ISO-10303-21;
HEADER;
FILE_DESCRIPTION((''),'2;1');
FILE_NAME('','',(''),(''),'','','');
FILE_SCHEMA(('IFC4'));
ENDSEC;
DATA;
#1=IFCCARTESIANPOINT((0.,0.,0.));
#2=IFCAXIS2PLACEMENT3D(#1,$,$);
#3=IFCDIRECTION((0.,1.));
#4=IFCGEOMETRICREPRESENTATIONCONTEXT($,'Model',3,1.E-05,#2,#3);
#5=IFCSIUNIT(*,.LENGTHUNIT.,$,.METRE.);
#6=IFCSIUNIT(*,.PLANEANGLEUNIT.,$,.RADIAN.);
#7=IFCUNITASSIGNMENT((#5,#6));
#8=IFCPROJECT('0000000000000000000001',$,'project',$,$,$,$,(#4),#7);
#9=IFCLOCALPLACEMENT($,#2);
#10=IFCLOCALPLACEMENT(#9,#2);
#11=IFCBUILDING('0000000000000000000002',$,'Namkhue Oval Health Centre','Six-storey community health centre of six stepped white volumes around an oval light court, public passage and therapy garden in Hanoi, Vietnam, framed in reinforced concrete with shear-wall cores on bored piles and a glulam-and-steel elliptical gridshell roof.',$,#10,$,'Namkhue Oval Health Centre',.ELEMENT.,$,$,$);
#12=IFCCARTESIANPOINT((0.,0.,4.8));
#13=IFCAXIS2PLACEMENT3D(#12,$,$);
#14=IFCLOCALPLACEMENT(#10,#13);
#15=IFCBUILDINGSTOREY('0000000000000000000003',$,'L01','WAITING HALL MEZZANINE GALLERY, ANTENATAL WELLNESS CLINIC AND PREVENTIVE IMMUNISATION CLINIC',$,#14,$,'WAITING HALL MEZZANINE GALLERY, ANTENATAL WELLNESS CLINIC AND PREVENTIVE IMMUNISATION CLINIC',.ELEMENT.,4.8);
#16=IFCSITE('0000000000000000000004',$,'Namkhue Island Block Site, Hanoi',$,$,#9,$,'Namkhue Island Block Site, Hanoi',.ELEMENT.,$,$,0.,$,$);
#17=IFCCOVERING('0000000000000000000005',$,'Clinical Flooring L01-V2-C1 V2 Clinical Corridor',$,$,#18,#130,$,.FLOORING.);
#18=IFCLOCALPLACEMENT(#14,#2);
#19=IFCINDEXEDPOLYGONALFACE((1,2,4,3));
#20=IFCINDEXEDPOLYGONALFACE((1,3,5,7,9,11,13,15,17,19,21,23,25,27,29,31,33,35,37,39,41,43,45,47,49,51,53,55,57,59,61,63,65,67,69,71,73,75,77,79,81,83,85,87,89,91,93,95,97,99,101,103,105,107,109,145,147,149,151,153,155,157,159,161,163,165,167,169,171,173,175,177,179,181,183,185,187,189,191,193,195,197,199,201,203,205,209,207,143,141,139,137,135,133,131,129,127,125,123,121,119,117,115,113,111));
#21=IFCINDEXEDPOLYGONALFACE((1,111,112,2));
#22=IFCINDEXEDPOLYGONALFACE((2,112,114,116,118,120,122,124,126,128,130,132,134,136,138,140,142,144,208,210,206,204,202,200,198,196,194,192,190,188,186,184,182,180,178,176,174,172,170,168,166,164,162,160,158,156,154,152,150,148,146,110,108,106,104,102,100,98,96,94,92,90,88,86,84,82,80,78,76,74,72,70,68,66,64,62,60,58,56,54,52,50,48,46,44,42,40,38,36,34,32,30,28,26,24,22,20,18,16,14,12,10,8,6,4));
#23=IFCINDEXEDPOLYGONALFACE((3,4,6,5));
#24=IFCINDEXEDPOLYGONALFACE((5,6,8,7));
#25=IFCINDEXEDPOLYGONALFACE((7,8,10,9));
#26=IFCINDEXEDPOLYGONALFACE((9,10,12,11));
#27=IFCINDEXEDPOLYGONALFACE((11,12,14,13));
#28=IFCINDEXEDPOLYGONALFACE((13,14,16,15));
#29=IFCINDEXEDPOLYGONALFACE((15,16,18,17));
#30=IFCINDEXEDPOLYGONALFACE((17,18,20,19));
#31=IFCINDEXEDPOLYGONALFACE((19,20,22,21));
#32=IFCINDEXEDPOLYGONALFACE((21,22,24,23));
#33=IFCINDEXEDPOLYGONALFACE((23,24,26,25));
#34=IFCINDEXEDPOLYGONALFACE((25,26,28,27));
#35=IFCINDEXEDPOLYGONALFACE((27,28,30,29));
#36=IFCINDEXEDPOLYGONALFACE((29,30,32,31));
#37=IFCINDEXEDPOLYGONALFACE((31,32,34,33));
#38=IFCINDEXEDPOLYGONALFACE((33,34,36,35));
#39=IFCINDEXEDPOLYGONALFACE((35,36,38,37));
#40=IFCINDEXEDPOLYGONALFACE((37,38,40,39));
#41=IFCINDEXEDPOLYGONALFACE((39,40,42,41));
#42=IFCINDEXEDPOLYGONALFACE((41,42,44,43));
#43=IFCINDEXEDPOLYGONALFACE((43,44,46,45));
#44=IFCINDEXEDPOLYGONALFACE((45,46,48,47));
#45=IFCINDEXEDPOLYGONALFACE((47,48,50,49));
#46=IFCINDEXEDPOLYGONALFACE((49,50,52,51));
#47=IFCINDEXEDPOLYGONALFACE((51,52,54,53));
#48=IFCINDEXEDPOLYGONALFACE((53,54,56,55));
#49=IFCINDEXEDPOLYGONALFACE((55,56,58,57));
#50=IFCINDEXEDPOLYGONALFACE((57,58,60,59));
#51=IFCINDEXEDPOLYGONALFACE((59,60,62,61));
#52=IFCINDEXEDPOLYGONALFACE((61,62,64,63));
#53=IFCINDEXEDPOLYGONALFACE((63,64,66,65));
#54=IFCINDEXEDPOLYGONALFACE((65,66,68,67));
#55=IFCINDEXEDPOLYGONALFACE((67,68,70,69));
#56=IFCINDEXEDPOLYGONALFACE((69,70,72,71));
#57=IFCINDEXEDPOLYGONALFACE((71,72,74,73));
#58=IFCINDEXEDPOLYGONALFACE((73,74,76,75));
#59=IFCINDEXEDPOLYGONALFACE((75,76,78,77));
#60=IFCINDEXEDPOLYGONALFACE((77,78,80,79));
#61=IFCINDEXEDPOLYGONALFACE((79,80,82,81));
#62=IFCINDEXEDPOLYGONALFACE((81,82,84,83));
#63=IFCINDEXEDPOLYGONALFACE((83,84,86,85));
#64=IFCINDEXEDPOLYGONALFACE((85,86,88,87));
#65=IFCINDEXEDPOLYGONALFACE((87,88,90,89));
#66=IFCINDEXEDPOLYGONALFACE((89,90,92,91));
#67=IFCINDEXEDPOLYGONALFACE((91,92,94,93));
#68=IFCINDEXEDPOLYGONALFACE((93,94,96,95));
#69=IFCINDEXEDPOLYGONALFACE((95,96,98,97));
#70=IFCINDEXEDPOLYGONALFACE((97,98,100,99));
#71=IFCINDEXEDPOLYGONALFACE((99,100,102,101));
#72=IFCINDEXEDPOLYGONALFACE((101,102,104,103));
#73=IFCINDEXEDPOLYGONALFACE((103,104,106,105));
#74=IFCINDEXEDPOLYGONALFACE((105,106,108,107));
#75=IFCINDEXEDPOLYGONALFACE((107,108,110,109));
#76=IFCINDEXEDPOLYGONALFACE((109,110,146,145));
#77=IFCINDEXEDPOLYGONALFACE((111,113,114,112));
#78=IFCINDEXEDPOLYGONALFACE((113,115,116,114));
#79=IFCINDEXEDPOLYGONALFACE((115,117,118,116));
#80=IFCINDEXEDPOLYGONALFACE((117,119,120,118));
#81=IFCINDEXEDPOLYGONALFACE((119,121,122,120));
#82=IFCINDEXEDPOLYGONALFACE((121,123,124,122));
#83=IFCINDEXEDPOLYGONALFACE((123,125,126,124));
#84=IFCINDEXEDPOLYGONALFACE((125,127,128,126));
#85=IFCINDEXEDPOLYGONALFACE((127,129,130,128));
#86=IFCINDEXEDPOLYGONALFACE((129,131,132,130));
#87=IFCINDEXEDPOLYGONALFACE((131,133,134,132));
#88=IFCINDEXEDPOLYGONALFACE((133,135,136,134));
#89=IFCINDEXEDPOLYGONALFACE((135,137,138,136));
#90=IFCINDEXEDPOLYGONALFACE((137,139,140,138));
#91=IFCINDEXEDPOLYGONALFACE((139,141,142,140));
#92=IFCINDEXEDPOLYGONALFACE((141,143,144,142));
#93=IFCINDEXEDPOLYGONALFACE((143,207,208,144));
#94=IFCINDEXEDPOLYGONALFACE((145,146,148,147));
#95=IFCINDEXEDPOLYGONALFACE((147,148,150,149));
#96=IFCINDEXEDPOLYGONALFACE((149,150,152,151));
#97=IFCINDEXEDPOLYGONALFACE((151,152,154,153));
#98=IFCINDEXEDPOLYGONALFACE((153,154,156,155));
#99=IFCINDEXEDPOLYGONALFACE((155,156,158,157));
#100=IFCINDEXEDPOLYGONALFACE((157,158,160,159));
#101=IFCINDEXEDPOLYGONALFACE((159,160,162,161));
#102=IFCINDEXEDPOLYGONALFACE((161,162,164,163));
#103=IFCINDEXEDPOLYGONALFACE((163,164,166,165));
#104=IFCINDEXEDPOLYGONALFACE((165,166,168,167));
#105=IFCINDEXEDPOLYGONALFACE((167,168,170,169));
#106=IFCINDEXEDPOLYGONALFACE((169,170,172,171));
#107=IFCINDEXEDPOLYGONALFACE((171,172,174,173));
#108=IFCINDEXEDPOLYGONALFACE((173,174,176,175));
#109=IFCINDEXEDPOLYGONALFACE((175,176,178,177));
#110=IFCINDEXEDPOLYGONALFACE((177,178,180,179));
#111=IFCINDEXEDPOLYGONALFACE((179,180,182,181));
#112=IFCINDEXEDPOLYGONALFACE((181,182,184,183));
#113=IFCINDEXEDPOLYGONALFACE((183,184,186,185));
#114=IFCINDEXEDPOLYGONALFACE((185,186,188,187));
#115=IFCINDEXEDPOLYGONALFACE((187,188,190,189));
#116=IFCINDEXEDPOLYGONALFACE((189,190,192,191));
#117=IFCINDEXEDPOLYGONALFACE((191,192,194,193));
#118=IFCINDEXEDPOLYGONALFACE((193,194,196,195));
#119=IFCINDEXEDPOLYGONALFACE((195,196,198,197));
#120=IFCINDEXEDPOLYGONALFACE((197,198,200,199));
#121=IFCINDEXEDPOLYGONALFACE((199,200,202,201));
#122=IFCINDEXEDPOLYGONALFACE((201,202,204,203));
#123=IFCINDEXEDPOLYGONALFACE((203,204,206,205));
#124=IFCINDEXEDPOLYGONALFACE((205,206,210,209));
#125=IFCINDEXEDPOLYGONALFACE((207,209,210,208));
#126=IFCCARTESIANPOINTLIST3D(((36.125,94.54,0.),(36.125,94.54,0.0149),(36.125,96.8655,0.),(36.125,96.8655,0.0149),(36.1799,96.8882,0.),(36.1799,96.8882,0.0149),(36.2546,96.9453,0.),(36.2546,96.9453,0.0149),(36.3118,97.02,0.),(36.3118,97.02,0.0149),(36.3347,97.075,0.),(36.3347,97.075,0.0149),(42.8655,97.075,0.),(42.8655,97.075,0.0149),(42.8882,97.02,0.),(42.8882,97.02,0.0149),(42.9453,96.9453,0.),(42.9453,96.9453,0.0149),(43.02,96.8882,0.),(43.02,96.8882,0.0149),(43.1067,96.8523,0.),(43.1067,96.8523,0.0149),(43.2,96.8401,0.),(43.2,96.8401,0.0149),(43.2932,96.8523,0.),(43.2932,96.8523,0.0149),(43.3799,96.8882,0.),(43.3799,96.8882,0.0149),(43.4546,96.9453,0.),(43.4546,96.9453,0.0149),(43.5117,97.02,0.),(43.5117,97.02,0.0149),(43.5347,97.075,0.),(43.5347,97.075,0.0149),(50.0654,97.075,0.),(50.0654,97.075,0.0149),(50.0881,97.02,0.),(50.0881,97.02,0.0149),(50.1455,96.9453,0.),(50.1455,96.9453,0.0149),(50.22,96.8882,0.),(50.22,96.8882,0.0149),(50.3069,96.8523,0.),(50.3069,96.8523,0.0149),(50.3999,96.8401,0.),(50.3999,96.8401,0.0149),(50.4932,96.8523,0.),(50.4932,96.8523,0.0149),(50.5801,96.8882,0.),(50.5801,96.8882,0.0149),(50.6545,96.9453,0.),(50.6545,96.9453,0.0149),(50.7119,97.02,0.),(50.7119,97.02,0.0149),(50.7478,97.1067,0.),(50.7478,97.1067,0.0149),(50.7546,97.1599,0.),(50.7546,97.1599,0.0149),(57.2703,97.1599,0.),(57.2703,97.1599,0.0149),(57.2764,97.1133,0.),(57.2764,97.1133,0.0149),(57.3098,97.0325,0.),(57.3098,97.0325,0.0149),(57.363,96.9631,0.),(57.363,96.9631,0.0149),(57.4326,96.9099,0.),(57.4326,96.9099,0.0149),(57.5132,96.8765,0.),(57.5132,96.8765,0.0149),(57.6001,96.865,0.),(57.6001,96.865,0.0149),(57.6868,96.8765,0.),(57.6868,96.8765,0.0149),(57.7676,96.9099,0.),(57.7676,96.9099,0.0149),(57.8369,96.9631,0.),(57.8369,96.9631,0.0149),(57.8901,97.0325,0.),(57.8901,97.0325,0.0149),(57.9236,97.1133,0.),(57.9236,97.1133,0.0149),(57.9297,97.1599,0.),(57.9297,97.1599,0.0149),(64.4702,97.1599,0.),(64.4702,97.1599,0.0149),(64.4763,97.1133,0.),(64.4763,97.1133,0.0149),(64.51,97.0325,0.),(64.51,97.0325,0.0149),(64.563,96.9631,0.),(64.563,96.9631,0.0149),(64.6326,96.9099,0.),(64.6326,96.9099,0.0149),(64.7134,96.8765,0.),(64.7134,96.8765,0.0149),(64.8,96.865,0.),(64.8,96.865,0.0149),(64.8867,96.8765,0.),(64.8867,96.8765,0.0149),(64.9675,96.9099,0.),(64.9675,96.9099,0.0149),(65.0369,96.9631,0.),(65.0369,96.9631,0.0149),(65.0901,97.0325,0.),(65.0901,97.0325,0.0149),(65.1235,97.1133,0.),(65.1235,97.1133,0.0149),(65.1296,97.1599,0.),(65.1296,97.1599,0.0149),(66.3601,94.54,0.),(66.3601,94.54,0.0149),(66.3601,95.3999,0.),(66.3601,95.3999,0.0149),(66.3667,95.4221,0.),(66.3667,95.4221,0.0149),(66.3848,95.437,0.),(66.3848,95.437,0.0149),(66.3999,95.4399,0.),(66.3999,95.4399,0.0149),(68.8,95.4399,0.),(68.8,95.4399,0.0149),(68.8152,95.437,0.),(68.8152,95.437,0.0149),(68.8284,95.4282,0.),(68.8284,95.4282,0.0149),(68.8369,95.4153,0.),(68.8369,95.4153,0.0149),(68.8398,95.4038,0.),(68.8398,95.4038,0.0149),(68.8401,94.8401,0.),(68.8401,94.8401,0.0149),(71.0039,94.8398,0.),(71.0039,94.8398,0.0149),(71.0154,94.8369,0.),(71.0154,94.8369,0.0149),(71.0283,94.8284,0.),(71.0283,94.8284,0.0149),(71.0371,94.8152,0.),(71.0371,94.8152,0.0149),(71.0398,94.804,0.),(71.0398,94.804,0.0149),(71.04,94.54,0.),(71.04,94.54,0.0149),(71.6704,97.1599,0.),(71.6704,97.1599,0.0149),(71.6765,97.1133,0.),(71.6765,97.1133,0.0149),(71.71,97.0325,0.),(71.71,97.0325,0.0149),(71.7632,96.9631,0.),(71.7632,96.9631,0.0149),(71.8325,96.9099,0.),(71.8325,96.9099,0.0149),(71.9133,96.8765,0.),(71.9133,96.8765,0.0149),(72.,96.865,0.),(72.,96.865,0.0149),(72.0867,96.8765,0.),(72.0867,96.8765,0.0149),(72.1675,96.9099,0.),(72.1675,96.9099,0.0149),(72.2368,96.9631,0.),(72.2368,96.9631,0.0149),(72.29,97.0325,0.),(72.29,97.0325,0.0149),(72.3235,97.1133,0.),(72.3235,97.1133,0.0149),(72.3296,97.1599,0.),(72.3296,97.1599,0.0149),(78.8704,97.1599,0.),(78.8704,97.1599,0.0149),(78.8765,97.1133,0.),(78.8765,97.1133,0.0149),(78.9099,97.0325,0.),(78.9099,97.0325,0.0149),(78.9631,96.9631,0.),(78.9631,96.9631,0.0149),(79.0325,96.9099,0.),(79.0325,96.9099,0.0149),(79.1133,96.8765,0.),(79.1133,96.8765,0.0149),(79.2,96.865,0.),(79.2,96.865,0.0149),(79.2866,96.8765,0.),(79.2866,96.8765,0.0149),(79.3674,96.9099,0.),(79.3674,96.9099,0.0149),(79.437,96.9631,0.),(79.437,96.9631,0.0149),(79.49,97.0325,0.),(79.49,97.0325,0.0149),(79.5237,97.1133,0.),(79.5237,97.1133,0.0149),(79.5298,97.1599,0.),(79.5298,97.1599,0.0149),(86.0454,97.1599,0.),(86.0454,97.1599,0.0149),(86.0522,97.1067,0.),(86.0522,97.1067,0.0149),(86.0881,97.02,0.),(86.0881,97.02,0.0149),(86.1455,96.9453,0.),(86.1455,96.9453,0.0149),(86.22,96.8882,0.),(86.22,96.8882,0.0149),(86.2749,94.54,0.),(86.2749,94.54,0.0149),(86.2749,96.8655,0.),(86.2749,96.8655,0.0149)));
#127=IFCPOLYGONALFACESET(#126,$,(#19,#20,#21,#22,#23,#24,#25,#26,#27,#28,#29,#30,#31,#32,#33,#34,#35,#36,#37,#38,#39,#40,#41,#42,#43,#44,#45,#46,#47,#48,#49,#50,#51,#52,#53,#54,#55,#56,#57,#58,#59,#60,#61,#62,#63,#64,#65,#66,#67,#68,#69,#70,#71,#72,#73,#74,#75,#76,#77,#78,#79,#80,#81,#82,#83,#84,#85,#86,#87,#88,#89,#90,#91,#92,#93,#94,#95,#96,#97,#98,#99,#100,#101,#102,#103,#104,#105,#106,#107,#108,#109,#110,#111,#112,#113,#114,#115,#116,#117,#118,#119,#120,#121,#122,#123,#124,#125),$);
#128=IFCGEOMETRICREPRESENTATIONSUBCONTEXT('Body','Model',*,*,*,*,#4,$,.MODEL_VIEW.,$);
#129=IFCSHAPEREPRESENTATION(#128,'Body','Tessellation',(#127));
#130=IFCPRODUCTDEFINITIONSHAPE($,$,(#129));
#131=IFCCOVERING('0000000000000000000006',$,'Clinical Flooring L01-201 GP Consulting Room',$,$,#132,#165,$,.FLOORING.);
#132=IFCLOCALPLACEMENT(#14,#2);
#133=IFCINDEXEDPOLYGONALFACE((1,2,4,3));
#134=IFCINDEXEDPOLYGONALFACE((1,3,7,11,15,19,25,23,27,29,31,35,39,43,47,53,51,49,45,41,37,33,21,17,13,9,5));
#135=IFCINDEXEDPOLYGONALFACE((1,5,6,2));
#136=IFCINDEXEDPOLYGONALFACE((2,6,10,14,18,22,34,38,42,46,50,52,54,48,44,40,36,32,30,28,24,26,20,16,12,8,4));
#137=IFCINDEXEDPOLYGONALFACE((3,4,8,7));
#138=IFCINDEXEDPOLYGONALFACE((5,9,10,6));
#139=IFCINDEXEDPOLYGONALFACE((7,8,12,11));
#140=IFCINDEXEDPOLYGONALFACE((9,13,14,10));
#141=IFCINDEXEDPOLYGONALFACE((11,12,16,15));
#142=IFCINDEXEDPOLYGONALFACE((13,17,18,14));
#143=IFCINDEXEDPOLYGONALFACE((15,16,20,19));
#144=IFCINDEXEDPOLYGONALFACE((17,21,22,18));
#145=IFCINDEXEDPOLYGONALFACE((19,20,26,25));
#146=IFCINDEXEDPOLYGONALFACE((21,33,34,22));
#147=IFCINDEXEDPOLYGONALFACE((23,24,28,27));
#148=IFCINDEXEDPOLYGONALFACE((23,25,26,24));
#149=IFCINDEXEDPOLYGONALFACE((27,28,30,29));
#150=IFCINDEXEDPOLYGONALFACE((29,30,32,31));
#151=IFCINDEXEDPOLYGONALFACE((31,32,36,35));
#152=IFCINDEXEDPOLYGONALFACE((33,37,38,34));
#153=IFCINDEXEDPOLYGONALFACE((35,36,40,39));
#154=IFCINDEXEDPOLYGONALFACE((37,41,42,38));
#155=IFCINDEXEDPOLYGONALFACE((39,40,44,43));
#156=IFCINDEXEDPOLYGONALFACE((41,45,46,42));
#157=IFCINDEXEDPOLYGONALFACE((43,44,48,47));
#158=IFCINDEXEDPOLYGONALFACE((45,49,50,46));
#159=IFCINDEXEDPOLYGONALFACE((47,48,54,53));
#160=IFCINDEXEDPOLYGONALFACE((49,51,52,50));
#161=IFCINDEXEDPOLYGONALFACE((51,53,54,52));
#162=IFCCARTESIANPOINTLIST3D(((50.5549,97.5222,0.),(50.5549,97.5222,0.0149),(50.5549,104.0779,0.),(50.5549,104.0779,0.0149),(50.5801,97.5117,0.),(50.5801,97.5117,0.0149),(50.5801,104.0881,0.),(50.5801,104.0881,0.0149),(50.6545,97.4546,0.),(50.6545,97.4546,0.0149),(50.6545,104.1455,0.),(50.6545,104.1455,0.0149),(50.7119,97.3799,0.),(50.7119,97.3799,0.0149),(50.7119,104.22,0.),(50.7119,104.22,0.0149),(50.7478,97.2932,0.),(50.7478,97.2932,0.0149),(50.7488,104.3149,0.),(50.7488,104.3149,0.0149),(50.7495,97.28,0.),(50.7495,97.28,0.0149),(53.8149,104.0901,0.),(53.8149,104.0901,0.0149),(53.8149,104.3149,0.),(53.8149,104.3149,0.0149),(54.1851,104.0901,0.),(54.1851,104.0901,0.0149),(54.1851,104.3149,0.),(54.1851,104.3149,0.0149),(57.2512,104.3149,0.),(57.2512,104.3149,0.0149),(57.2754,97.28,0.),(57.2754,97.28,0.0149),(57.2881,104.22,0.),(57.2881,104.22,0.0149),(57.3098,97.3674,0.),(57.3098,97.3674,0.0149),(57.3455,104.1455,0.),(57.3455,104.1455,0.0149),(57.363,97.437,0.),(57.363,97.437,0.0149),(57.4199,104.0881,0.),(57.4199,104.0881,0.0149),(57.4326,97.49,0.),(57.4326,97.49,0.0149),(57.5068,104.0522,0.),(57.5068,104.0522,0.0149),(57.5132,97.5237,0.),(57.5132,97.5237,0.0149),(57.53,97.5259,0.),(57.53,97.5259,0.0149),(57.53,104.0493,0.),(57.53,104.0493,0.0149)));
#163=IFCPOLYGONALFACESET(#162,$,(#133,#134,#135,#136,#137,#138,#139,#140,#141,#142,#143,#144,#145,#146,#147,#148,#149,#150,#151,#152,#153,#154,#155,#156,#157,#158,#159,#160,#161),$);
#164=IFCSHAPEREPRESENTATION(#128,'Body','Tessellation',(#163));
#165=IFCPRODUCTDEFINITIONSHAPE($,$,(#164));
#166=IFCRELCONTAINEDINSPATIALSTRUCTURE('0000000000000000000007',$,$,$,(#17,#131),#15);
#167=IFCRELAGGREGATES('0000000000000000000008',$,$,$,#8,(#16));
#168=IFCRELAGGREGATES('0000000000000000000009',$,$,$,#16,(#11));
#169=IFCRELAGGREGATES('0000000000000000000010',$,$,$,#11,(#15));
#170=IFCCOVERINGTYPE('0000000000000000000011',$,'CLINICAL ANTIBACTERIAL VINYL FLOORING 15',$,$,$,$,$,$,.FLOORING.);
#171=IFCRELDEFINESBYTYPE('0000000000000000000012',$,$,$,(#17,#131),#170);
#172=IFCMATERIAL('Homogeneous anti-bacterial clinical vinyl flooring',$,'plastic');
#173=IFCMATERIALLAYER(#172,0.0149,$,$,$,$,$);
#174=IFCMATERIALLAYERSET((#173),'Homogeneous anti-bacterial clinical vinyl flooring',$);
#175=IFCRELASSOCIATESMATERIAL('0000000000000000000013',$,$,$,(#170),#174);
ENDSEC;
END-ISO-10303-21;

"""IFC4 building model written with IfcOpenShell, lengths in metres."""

from ifc_helpers import new_model, si_unit, direction, frame, origin, place, context, subcontext, project, spatial, polyline, outline, extrude, material, layer, layer_set, type_object, element, save


model = new_model("IFC4")

# Units and contexts
model_context = context("Model", 3, precision=1e-05, world=origin(), true_north=direction((0.0, 1.0)))
body_context = subcontext(model_context, "Body", "Model", "MODEL_VIEW")
ifc_project = project(units=[si_unit("LENGTHUNIT", "METRE"), si_unit("PLANEANGLEUNIT", "RADIAN")], contexts=[model_context])

# Site, building, storey
site_placement = place(None, origin())
site = spatial("IfcSite", under=ifc_project, at=site_placement, Name="Namkhue Island Block Site, Hanoi", LongName="Namkhue Island Block Site, Hanoi", CompositionType="ELEMENT", RefElevation=0.0)
building_placement = place(site_placement, origin())
building = spatial("IfcBuilding", under=site, at=building_placement, Name="Namkhue Oval Health Centre", Description="Six-storey community health centre of six stepped white volumes around an oval light court, public passage and therapy garden in Hanoi, Vietnam, framed in reinforced concrete with shear-wall cores on bored piles and a glulam-and-steel elliptical gridshell roof.", LongName="Namkhue Oval Health Centre", CompositionType="ELEMENT")
storey_placement = place(building_placement, frame((0.0, 0.0, 4.8)))
storey = spatial("IfcBuildingStorey", under=building, at=storey_placement, Name="L01", Description="WAITING HALL MEZZANINE GALLERY, ANTENATAL WELLNESS CLINIC AND PREVENTIVE IMMUNISATION CLINIC", LongName="WAITING HALL MEZZANINE GALLERY, ANTENATAL WELLNESS CLINIC AND PREVENTIVE IMMUNISATION CLINIC", CompositionType="ELEMENT", Elevation=4.8)

# Coverings
ifc_material = material(Name="Homogeneous anti-bacterial clinical vinyl flooring", Category="plastic")
ifc_layer = layer(ifc_material, 0.0149)
ifc_layer_set = layer_set([ifc_layer], Name="Homogeneous anti-bacterial clinical vinyl flooring")
covering_type = type_object("IfcCoveringType", Name="CLINICAL ANTIBACTERIAL VINYL FLOORING 15", PredefinedType="FLOORING", material=ifc_layer_set)
covering_1_placement = place(storey_placement, origin())
element("IfcCovering", 1, at=covering_1_placement, inside=storey, type_object=covering_type, Name="Clinical Flooring L01-V2-C1 V2 Clinical Corridor", PredefinedType="FLOORING", context=body_context, shape_type="SweptSolid", body=[
    extrude(outline(polyline([(57.2703, 97.1599), (57.2764, 97.1133), (57.3098, 97.0325), (57.363, 96.9631), (57.4326, 96.9099), (57.5132, 96.8765), (57.6001, 96.865), (57.6868, 96.8765), (57.7676, 96.9099), (57.8369, 96.9631), (57.8901, 97.0325), (57.9236, 97.1133), (57.9297, 97.1599), (64.4702, 97.1599), (64.4763, 97.1133), (64.51, 97.0325), (64.563, 96.9631), (64.6326, 96.9099), (64.7134, 96.8765), (64.8, 96.865), (64.8867, 96.8765), (64.9675, 96.9099), (65.0369, 96.9631), (65.0901, 97.0325), (65.1235, 97.1133), (65.1296, 97.1599), (71.6704, 97.1599), (71.6765, 97.1133), (71.71, 97.0325), (71.7632, 96.9631), (71.8325, 96.9099), (71.9133, 96.8765), (72.0, 96.865), (72.0867, 96.8765), (72.1675, 96.9099), (72.2368, 96.9631), (72.29, 97.0325), (72.3235, 97.1133), (72.3296, 97.1599), (78.8704, 97.1599), (78.8765, 97.1133), (78.9099, 97.0325), (78.9631, 96.9631), (79.0325, 96.9099), (79.1133, 96.8765), (79.2, 96.865), (79.2866, 96.8765), (79.3674, 96.9099), (79.437, 96.9631), (79.49, 97.0325), (79.5237, 97.1133), (79.5298, 97.1599), (86.0454, 97.1599), (86.0522, 97.1067), (86.0881, 97.02), (86.1455, 96.9453), (86.22, 96.8882), (86.2749, 96.8655), (86.2749, 94.54), (71.04, 94.54), (71.0398, 94.804), (71.0371, 94.8152), (71.0283, 94.8284), (71.0154, 94.8369), (71.0039, 94.8398), (68.8401, 94.8401), (68.8398, 95.4038), (68.8369, 95.4153), (68.8284, 95.4282), (68.8152, 95.437), (68.8, 95.4399), (66.3999, 95.4399), (66.3848, 95.437), (66.3667, 95.4221), (66.3601, 95.3999), (66.3601, 94.54), (36.125, 94.54), (36.125, 96.8655), (36.1799, 96.8882), (36.2546, 96.9453), (36.3118, 97.02), (36.3347, 97.075), (42.8655, 97.075), (42.8882, 97.02), (42.9453, 96.9453), (43.02, 96.8882), (43.1067, 96.8523), (43.2, 96.8401), (43.2932, 96.8523), (43.3799, 96.8882), (43.4546, 96.9453), (43.5117, 97.02), (43.5347, 97.075), (50.0654, 97.075), (50.0881, 97.02), (50.1455, 96.9453), (50.22, 96.8882), (50.3069, 96.8523), (50.3999, 96.8401), (50.4932, 96.8523), (50.5801, 96.8882), (50.6545, 96.9453), (50.7119, 97.02), (50.7478, 97.1067), (50.7546, 97.1599), (57.2703, 97.1599)])), origin(), (0.0, 0.0, 1.0), 0.0149),
])
covering_2_placement = place(storey_placement, origin())
element("IfcCovering", 2, at=covering_2_placement, inside=storey, type_object=covering_type, Name="Clinical Flooring L01-201 GP Consulting Room", PredefinedType="FLOORING", context=body_context, shape_type="SweptSolid", body=[
    extrude(outline(polyline([(50.7495, 97.28), (50.7478, 97.2932), (50.7119, 97.3799), (50.6545, 97.4546), (50.5801, 97.5117), (50.5549, 97.5222), (50.5549, 104.0779), (50.5801, 104.0881), (50.6545, 104.1455), (50.7119, 104.22), (50.7488, 104.3149), (53.8149, 104.3149), (53.8149, 104.0901), (54.1851, 104.0901), (54.1851, 104.3149), (57.2512, 104.3149), (57.2881, 104.22), (57.3455, 104.1455), (57.4199, 104.0881), (57.5068, 104.0522), (57.53, 104.0493), (57.53, 97.5259), (57.5132, 97.5237), (57.4326, 97.49), (57.363, 97.437), (57.3098, 97.3674), (57.2754, 97.28), (50.7495, 97.28)])), origin(), (0.0, 0.0, 1.0), 0.0149),
])

save(model, "model.ifc")
